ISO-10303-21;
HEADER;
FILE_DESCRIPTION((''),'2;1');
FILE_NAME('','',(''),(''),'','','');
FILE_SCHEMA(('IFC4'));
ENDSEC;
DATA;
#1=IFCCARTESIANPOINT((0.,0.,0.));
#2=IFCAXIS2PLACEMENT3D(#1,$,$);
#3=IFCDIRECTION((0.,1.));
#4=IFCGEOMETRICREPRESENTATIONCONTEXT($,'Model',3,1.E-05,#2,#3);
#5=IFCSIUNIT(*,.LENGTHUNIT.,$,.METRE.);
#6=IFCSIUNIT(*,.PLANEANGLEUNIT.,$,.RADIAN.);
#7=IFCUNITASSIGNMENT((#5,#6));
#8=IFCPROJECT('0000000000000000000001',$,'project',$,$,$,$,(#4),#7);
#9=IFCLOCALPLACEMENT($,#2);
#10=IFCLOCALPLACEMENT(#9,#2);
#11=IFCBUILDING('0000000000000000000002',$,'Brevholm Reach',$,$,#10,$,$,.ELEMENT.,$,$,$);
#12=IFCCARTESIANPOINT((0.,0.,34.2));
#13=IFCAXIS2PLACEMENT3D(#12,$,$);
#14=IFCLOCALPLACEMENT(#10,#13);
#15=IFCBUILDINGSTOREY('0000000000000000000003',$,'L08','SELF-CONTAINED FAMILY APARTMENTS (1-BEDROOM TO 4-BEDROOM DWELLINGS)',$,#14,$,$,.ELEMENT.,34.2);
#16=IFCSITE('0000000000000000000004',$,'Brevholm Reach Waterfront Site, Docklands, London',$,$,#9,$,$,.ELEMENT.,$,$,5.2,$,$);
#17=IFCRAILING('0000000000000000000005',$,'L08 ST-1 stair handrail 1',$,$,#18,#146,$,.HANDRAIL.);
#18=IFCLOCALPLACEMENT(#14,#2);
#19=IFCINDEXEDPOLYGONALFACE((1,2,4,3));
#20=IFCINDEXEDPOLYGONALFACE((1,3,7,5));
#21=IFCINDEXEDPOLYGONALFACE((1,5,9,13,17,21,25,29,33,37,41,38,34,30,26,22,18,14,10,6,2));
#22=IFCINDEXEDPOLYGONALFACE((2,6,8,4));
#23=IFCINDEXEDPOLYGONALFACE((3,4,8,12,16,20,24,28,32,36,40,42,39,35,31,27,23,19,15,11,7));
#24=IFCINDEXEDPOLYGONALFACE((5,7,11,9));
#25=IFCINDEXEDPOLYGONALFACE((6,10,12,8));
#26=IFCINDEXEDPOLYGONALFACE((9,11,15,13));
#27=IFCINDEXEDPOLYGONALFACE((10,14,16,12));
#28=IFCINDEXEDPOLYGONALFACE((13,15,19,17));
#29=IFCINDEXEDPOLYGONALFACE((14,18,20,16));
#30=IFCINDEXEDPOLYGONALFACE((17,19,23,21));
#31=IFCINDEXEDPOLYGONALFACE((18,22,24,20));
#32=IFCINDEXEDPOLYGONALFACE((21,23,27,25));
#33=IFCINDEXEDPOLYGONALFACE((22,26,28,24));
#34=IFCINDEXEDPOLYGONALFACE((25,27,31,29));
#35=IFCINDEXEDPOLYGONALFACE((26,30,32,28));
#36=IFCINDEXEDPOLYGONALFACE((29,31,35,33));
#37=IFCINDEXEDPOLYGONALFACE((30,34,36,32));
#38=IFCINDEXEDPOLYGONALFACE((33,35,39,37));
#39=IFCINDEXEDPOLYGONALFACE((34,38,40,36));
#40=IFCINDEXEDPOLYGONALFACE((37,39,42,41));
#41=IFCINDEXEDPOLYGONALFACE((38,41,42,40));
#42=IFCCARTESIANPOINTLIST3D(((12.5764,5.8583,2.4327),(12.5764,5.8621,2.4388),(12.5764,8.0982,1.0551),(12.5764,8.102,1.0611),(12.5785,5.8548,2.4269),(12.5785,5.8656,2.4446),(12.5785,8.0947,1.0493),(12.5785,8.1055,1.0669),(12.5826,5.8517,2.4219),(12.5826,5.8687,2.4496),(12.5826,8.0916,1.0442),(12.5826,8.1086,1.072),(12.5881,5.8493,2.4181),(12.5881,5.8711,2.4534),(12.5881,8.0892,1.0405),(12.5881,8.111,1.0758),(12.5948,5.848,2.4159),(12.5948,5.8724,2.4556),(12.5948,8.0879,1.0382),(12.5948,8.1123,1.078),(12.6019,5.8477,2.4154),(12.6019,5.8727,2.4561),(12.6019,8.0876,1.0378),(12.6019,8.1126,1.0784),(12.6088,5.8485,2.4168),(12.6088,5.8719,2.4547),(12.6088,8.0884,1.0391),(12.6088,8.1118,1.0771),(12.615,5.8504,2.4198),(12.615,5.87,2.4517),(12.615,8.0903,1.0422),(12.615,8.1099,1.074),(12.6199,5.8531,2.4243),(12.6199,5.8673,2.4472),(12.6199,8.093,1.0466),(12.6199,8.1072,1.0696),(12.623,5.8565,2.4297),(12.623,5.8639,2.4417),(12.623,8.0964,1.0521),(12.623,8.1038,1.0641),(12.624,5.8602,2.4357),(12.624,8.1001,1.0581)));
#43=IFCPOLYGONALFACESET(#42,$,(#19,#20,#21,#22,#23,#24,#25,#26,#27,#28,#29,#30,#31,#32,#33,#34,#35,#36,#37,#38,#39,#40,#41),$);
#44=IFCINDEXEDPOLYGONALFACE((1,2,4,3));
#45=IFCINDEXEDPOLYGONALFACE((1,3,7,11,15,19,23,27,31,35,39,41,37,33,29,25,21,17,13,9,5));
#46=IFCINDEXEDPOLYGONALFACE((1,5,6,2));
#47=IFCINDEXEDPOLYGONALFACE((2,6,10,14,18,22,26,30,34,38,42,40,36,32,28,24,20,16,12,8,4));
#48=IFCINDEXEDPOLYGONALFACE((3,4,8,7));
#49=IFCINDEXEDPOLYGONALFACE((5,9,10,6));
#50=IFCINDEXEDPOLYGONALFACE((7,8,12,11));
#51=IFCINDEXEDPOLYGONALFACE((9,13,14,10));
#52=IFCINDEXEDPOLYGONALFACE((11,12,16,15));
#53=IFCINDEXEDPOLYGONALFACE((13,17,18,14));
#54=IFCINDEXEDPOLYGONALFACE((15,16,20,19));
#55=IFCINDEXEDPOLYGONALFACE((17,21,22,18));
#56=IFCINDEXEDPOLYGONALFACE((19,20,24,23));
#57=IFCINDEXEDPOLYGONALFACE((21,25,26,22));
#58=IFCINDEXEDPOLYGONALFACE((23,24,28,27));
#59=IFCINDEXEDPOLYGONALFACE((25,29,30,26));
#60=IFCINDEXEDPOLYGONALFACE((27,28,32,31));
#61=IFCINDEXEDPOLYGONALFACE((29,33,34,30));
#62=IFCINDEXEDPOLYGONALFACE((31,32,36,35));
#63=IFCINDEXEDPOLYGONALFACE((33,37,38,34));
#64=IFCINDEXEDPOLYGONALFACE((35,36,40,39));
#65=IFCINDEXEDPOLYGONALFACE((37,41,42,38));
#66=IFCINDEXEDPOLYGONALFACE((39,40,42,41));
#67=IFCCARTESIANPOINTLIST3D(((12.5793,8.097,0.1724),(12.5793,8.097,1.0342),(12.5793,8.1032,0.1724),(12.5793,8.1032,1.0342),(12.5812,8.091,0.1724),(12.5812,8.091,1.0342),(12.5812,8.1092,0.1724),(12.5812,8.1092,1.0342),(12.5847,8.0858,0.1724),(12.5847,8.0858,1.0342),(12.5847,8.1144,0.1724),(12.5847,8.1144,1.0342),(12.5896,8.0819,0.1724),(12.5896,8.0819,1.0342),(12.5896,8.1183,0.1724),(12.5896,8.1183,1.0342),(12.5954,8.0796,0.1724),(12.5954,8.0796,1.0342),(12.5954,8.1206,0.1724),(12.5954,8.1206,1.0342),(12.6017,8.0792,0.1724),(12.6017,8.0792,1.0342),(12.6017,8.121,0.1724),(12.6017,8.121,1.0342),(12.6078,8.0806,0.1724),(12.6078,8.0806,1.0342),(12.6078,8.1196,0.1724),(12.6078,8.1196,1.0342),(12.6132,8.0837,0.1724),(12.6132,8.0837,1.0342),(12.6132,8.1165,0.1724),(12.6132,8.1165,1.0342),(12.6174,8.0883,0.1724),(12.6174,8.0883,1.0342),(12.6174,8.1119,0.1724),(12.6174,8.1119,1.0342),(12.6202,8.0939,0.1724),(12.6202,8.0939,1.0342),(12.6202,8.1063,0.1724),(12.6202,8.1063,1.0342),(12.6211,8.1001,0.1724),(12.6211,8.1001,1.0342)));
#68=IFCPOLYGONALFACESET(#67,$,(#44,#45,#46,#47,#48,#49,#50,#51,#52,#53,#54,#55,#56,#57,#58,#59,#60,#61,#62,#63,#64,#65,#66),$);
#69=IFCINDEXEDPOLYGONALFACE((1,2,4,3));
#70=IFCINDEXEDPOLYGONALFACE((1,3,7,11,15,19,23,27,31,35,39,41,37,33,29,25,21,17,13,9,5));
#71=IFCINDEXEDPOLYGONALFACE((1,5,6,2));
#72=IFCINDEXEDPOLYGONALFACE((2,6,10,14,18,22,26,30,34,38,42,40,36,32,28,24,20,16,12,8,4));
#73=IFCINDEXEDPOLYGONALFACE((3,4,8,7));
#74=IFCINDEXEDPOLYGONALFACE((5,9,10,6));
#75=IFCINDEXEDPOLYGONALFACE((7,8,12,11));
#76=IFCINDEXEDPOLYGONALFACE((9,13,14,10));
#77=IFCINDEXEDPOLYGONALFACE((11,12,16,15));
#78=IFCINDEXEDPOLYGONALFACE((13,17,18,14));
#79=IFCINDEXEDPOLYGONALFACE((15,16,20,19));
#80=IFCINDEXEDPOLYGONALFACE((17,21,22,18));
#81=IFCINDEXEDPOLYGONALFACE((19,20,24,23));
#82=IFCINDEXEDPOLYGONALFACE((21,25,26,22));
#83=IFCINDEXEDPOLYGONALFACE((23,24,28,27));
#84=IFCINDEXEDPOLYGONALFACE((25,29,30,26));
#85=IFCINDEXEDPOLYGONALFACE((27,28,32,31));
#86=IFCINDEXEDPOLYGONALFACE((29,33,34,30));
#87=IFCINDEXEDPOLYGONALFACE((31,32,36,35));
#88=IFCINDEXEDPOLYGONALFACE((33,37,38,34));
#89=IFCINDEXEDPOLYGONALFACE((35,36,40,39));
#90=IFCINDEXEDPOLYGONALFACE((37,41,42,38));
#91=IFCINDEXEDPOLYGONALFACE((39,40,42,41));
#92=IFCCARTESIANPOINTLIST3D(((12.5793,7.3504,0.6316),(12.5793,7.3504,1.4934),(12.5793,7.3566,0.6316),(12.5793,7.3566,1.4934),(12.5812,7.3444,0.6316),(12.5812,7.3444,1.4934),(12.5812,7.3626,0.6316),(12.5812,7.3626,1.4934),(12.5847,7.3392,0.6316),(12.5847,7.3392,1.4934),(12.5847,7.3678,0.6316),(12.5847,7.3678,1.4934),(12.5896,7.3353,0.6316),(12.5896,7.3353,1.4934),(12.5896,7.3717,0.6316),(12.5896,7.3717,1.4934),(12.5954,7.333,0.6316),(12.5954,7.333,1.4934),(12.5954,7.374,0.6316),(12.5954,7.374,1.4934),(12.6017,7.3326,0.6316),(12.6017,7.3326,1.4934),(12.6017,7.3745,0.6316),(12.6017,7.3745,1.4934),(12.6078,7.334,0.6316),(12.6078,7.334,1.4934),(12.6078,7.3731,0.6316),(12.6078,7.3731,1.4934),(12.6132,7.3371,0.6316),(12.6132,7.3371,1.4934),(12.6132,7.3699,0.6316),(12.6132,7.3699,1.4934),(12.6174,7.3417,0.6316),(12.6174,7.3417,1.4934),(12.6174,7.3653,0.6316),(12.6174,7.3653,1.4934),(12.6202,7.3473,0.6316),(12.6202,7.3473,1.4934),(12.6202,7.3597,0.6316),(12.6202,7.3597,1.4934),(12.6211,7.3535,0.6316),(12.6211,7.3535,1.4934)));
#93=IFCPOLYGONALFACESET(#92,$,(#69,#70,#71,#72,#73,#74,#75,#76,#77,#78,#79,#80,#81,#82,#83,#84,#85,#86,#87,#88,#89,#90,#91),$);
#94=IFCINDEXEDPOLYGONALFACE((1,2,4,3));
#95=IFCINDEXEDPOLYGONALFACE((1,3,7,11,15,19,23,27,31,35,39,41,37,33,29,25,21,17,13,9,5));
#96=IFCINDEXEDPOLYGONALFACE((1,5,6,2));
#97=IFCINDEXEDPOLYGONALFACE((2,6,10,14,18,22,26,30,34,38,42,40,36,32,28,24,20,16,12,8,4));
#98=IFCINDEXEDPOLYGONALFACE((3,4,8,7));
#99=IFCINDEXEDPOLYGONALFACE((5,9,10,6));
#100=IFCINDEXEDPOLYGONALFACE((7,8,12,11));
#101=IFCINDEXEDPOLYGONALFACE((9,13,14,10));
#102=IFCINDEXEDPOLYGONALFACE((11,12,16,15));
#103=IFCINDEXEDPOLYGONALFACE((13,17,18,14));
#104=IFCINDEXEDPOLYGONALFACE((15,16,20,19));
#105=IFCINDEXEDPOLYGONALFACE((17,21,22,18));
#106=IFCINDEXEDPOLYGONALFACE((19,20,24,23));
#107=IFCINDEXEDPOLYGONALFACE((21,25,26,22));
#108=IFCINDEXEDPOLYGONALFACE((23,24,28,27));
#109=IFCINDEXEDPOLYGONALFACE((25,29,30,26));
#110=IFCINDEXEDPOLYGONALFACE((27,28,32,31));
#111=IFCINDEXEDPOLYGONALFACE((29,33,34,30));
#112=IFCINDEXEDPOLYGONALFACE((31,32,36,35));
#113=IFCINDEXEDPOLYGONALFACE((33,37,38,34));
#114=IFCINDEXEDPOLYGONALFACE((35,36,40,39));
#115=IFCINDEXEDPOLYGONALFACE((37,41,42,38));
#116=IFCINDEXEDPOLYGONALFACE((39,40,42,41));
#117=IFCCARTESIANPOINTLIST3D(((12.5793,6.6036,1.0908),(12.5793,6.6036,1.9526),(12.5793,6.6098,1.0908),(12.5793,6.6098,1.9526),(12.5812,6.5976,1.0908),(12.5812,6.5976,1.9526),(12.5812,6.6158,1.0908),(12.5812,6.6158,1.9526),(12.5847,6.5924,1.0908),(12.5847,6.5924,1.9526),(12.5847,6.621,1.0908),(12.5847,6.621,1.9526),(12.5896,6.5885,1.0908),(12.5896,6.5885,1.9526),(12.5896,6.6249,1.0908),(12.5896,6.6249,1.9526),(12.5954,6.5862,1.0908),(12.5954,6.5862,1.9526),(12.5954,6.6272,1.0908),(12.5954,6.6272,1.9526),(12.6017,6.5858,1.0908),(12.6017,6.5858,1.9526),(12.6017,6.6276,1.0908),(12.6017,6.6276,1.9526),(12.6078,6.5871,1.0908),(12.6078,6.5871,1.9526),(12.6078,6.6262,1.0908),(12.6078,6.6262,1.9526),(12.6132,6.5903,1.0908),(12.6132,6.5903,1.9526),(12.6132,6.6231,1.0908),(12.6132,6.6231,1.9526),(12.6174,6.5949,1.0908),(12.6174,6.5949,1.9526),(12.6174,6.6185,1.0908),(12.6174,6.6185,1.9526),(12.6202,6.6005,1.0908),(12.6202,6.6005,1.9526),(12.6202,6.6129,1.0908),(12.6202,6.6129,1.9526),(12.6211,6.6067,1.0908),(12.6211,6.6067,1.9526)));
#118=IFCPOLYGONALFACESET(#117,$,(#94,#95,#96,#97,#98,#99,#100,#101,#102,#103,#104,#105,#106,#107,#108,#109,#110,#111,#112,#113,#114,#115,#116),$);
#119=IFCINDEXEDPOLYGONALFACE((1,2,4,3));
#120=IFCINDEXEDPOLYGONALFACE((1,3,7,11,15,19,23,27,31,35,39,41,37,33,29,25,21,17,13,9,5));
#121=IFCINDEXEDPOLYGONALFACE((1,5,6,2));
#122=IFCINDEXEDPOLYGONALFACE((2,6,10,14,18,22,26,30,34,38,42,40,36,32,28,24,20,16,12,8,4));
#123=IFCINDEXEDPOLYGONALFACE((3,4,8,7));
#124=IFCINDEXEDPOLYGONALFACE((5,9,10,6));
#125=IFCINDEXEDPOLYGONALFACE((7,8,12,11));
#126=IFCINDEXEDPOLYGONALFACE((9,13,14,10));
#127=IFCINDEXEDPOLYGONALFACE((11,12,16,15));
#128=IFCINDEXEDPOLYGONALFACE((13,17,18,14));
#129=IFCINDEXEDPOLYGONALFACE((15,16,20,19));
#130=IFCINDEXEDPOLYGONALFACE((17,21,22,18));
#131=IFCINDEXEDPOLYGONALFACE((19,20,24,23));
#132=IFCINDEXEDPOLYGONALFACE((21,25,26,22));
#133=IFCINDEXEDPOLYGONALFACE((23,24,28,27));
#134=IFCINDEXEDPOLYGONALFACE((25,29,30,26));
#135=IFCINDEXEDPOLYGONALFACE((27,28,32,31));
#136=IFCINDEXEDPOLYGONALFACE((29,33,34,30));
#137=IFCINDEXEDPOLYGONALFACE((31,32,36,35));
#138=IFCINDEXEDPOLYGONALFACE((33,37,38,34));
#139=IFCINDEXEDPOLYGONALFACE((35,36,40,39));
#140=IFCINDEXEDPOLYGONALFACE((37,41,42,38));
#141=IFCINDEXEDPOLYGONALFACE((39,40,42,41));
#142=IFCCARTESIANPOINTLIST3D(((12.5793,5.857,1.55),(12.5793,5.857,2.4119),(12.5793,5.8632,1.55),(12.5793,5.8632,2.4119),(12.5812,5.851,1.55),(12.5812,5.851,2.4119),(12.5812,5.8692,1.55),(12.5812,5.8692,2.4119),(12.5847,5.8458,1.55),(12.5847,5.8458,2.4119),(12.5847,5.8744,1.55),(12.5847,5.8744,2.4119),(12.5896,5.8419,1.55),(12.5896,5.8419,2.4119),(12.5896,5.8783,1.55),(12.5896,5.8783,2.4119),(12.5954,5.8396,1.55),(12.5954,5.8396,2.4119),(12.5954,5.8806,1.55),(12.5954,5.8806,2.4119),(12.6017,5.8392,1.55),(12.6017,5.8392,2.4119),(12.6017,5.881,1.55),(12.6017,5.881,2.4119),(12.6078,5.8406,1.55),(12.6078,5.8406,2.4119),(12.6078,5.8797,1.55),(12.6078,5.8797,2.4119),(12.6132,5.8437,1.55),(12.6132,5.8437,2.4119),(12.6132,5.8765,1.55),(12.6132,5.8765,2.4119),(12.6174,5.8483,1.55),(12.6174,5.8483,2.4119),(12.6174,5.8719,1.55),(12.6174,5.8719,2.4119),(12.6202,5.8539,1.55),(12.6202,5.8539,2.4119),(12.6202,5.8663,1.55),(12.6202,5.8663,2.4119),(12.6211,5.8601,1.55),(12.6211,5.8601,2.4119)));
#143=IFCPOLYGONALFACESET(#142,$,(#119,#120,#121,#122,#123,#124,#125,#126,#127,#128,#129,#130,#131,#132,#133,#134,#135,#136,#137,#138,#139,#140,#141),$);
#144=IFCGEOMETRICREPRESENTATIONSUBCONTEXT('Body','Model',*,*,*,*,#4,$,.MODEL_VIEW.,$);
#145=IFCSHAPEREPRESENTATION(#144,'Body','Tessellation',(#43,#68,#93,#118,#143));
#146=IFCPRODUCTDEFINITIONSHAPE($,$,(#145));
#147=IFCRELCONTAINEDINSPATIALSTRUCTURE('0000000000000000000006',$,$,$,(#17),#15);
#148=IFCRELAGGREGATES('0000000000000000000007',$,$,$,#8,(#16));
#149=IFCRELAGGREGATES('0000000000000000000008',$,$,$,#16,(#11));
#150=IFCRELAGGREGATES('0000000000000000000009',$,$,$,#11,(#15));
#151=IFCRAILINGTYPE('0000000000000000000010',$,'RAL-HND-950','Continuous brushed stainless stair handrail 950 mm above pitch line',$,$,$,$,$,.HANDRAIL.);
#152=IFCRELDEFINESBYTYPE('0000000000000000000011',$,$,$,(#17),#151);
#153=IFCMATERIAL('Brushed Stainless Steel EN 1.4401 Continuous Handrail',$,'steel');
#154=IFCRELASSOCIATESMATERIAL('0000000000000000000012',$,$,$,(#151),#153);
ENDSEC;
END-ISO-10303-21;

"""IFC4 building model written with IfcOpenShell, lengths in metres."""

from ifc_helpers import new_model, si_unit, direction, frame, origin, origin_2d, place, context, subcontext, project, spatial, circle, extrude, material, type_object, element, save


model = new_model("IFC4")

# Units and contexts
model_context = context("Model", 3, precision=1e-05, world=origin(), true_north=direction((0.0, 1.0)))
body_context = subcontext(model_context, "Body", "Model", "MODEL_VIEW")
ifc_project = project(units=[si_unit("LENGTHUNIT", "METRE"), si_unit("PLANEANGLEUNIT", "RADIAN")], contexts=[model_context])

# Site, building, storey
site_placement = place(None, origin())
site = spatial("IfcSite", under=ifc_project, at=site_placement, Name="Brevholm Reach Waterfront Site, Docklands, London", CompositionType="ELEMENT", RefElevation=5.2)
building_placement = place(site_placement, origin())
building = spatial("IfcBuilding", under=site, at=building_placement, Name="Brevholm Reach", CompositionType="ELEMENT")
storey_placement = place(building_placement, frame((0.0, 0.0, 34.2)))
storey = spatial("IfcBuildingStorey", under=building, at=storey_placement, Name="L08", Description="SELF-CONTAINED FAMILY APARTMENTS (1-BEDROOM TO 4-BEDROOM DWELLINGS)", CompositionType="ELEMENT", Elevation=34.2)

# Railing
ifc_material_1 = material(Name="Brushed Stainless Steel EN 1.4401 Continuous Handrail", Category="steel")
railing_type_1 = type_object("IfcRailingType", Name="RAL-HND-950", Description="Continuous brushed stainless stair handrail 950 mm above pitch line", PredefinedType="HANDRAIL", material=ifc_material_1)
railing_1_placement = place(storey_placement, frame((12.6001, 8.1001, 0.1724)))
element("IfcRailing", 1, at=railing_1_placement, inside=storey, type_object=railing_type_1, Name="L08 ST-1 stair handrail 1", PredefinedType="HANDRAIL", context=body_context, shape_type="SweptSolid", body=[
    extrude(circle(Radius=0.0239, at=origin_2d()), frame((0.0, 0.0, 0.8857), z_axis=(0.0, -0.851789, 0.523885), x_axis=(1.0, 0.0, 0.0)), (0.0, 0.0, 1.0), 2.6296),
    extrude(circle(Radius=0.021, at=origin_2d()), origin(), (0.0, 0.0, 1.0), 0.8618),
    extrude(circle(Radius=0.021, at=origin_2d()), frame((0.0, -0.7466, 0.4592)), (0.0, 0.0, 1.0), 0.8618),
    extrude(circle(Radius=0.021, at=origin_2d()), frame((0.0, -1.4934, 0.9185)), (0.0, 0.0, 1.0), 0.8618),
    extrude(circle(Radius=0.021, at=origin_2d()), frame((0.0, -2.24, 1.3777)), (0.0, 0.0, 1.0), 0.8618),
])

save(model, "model.ifc")
